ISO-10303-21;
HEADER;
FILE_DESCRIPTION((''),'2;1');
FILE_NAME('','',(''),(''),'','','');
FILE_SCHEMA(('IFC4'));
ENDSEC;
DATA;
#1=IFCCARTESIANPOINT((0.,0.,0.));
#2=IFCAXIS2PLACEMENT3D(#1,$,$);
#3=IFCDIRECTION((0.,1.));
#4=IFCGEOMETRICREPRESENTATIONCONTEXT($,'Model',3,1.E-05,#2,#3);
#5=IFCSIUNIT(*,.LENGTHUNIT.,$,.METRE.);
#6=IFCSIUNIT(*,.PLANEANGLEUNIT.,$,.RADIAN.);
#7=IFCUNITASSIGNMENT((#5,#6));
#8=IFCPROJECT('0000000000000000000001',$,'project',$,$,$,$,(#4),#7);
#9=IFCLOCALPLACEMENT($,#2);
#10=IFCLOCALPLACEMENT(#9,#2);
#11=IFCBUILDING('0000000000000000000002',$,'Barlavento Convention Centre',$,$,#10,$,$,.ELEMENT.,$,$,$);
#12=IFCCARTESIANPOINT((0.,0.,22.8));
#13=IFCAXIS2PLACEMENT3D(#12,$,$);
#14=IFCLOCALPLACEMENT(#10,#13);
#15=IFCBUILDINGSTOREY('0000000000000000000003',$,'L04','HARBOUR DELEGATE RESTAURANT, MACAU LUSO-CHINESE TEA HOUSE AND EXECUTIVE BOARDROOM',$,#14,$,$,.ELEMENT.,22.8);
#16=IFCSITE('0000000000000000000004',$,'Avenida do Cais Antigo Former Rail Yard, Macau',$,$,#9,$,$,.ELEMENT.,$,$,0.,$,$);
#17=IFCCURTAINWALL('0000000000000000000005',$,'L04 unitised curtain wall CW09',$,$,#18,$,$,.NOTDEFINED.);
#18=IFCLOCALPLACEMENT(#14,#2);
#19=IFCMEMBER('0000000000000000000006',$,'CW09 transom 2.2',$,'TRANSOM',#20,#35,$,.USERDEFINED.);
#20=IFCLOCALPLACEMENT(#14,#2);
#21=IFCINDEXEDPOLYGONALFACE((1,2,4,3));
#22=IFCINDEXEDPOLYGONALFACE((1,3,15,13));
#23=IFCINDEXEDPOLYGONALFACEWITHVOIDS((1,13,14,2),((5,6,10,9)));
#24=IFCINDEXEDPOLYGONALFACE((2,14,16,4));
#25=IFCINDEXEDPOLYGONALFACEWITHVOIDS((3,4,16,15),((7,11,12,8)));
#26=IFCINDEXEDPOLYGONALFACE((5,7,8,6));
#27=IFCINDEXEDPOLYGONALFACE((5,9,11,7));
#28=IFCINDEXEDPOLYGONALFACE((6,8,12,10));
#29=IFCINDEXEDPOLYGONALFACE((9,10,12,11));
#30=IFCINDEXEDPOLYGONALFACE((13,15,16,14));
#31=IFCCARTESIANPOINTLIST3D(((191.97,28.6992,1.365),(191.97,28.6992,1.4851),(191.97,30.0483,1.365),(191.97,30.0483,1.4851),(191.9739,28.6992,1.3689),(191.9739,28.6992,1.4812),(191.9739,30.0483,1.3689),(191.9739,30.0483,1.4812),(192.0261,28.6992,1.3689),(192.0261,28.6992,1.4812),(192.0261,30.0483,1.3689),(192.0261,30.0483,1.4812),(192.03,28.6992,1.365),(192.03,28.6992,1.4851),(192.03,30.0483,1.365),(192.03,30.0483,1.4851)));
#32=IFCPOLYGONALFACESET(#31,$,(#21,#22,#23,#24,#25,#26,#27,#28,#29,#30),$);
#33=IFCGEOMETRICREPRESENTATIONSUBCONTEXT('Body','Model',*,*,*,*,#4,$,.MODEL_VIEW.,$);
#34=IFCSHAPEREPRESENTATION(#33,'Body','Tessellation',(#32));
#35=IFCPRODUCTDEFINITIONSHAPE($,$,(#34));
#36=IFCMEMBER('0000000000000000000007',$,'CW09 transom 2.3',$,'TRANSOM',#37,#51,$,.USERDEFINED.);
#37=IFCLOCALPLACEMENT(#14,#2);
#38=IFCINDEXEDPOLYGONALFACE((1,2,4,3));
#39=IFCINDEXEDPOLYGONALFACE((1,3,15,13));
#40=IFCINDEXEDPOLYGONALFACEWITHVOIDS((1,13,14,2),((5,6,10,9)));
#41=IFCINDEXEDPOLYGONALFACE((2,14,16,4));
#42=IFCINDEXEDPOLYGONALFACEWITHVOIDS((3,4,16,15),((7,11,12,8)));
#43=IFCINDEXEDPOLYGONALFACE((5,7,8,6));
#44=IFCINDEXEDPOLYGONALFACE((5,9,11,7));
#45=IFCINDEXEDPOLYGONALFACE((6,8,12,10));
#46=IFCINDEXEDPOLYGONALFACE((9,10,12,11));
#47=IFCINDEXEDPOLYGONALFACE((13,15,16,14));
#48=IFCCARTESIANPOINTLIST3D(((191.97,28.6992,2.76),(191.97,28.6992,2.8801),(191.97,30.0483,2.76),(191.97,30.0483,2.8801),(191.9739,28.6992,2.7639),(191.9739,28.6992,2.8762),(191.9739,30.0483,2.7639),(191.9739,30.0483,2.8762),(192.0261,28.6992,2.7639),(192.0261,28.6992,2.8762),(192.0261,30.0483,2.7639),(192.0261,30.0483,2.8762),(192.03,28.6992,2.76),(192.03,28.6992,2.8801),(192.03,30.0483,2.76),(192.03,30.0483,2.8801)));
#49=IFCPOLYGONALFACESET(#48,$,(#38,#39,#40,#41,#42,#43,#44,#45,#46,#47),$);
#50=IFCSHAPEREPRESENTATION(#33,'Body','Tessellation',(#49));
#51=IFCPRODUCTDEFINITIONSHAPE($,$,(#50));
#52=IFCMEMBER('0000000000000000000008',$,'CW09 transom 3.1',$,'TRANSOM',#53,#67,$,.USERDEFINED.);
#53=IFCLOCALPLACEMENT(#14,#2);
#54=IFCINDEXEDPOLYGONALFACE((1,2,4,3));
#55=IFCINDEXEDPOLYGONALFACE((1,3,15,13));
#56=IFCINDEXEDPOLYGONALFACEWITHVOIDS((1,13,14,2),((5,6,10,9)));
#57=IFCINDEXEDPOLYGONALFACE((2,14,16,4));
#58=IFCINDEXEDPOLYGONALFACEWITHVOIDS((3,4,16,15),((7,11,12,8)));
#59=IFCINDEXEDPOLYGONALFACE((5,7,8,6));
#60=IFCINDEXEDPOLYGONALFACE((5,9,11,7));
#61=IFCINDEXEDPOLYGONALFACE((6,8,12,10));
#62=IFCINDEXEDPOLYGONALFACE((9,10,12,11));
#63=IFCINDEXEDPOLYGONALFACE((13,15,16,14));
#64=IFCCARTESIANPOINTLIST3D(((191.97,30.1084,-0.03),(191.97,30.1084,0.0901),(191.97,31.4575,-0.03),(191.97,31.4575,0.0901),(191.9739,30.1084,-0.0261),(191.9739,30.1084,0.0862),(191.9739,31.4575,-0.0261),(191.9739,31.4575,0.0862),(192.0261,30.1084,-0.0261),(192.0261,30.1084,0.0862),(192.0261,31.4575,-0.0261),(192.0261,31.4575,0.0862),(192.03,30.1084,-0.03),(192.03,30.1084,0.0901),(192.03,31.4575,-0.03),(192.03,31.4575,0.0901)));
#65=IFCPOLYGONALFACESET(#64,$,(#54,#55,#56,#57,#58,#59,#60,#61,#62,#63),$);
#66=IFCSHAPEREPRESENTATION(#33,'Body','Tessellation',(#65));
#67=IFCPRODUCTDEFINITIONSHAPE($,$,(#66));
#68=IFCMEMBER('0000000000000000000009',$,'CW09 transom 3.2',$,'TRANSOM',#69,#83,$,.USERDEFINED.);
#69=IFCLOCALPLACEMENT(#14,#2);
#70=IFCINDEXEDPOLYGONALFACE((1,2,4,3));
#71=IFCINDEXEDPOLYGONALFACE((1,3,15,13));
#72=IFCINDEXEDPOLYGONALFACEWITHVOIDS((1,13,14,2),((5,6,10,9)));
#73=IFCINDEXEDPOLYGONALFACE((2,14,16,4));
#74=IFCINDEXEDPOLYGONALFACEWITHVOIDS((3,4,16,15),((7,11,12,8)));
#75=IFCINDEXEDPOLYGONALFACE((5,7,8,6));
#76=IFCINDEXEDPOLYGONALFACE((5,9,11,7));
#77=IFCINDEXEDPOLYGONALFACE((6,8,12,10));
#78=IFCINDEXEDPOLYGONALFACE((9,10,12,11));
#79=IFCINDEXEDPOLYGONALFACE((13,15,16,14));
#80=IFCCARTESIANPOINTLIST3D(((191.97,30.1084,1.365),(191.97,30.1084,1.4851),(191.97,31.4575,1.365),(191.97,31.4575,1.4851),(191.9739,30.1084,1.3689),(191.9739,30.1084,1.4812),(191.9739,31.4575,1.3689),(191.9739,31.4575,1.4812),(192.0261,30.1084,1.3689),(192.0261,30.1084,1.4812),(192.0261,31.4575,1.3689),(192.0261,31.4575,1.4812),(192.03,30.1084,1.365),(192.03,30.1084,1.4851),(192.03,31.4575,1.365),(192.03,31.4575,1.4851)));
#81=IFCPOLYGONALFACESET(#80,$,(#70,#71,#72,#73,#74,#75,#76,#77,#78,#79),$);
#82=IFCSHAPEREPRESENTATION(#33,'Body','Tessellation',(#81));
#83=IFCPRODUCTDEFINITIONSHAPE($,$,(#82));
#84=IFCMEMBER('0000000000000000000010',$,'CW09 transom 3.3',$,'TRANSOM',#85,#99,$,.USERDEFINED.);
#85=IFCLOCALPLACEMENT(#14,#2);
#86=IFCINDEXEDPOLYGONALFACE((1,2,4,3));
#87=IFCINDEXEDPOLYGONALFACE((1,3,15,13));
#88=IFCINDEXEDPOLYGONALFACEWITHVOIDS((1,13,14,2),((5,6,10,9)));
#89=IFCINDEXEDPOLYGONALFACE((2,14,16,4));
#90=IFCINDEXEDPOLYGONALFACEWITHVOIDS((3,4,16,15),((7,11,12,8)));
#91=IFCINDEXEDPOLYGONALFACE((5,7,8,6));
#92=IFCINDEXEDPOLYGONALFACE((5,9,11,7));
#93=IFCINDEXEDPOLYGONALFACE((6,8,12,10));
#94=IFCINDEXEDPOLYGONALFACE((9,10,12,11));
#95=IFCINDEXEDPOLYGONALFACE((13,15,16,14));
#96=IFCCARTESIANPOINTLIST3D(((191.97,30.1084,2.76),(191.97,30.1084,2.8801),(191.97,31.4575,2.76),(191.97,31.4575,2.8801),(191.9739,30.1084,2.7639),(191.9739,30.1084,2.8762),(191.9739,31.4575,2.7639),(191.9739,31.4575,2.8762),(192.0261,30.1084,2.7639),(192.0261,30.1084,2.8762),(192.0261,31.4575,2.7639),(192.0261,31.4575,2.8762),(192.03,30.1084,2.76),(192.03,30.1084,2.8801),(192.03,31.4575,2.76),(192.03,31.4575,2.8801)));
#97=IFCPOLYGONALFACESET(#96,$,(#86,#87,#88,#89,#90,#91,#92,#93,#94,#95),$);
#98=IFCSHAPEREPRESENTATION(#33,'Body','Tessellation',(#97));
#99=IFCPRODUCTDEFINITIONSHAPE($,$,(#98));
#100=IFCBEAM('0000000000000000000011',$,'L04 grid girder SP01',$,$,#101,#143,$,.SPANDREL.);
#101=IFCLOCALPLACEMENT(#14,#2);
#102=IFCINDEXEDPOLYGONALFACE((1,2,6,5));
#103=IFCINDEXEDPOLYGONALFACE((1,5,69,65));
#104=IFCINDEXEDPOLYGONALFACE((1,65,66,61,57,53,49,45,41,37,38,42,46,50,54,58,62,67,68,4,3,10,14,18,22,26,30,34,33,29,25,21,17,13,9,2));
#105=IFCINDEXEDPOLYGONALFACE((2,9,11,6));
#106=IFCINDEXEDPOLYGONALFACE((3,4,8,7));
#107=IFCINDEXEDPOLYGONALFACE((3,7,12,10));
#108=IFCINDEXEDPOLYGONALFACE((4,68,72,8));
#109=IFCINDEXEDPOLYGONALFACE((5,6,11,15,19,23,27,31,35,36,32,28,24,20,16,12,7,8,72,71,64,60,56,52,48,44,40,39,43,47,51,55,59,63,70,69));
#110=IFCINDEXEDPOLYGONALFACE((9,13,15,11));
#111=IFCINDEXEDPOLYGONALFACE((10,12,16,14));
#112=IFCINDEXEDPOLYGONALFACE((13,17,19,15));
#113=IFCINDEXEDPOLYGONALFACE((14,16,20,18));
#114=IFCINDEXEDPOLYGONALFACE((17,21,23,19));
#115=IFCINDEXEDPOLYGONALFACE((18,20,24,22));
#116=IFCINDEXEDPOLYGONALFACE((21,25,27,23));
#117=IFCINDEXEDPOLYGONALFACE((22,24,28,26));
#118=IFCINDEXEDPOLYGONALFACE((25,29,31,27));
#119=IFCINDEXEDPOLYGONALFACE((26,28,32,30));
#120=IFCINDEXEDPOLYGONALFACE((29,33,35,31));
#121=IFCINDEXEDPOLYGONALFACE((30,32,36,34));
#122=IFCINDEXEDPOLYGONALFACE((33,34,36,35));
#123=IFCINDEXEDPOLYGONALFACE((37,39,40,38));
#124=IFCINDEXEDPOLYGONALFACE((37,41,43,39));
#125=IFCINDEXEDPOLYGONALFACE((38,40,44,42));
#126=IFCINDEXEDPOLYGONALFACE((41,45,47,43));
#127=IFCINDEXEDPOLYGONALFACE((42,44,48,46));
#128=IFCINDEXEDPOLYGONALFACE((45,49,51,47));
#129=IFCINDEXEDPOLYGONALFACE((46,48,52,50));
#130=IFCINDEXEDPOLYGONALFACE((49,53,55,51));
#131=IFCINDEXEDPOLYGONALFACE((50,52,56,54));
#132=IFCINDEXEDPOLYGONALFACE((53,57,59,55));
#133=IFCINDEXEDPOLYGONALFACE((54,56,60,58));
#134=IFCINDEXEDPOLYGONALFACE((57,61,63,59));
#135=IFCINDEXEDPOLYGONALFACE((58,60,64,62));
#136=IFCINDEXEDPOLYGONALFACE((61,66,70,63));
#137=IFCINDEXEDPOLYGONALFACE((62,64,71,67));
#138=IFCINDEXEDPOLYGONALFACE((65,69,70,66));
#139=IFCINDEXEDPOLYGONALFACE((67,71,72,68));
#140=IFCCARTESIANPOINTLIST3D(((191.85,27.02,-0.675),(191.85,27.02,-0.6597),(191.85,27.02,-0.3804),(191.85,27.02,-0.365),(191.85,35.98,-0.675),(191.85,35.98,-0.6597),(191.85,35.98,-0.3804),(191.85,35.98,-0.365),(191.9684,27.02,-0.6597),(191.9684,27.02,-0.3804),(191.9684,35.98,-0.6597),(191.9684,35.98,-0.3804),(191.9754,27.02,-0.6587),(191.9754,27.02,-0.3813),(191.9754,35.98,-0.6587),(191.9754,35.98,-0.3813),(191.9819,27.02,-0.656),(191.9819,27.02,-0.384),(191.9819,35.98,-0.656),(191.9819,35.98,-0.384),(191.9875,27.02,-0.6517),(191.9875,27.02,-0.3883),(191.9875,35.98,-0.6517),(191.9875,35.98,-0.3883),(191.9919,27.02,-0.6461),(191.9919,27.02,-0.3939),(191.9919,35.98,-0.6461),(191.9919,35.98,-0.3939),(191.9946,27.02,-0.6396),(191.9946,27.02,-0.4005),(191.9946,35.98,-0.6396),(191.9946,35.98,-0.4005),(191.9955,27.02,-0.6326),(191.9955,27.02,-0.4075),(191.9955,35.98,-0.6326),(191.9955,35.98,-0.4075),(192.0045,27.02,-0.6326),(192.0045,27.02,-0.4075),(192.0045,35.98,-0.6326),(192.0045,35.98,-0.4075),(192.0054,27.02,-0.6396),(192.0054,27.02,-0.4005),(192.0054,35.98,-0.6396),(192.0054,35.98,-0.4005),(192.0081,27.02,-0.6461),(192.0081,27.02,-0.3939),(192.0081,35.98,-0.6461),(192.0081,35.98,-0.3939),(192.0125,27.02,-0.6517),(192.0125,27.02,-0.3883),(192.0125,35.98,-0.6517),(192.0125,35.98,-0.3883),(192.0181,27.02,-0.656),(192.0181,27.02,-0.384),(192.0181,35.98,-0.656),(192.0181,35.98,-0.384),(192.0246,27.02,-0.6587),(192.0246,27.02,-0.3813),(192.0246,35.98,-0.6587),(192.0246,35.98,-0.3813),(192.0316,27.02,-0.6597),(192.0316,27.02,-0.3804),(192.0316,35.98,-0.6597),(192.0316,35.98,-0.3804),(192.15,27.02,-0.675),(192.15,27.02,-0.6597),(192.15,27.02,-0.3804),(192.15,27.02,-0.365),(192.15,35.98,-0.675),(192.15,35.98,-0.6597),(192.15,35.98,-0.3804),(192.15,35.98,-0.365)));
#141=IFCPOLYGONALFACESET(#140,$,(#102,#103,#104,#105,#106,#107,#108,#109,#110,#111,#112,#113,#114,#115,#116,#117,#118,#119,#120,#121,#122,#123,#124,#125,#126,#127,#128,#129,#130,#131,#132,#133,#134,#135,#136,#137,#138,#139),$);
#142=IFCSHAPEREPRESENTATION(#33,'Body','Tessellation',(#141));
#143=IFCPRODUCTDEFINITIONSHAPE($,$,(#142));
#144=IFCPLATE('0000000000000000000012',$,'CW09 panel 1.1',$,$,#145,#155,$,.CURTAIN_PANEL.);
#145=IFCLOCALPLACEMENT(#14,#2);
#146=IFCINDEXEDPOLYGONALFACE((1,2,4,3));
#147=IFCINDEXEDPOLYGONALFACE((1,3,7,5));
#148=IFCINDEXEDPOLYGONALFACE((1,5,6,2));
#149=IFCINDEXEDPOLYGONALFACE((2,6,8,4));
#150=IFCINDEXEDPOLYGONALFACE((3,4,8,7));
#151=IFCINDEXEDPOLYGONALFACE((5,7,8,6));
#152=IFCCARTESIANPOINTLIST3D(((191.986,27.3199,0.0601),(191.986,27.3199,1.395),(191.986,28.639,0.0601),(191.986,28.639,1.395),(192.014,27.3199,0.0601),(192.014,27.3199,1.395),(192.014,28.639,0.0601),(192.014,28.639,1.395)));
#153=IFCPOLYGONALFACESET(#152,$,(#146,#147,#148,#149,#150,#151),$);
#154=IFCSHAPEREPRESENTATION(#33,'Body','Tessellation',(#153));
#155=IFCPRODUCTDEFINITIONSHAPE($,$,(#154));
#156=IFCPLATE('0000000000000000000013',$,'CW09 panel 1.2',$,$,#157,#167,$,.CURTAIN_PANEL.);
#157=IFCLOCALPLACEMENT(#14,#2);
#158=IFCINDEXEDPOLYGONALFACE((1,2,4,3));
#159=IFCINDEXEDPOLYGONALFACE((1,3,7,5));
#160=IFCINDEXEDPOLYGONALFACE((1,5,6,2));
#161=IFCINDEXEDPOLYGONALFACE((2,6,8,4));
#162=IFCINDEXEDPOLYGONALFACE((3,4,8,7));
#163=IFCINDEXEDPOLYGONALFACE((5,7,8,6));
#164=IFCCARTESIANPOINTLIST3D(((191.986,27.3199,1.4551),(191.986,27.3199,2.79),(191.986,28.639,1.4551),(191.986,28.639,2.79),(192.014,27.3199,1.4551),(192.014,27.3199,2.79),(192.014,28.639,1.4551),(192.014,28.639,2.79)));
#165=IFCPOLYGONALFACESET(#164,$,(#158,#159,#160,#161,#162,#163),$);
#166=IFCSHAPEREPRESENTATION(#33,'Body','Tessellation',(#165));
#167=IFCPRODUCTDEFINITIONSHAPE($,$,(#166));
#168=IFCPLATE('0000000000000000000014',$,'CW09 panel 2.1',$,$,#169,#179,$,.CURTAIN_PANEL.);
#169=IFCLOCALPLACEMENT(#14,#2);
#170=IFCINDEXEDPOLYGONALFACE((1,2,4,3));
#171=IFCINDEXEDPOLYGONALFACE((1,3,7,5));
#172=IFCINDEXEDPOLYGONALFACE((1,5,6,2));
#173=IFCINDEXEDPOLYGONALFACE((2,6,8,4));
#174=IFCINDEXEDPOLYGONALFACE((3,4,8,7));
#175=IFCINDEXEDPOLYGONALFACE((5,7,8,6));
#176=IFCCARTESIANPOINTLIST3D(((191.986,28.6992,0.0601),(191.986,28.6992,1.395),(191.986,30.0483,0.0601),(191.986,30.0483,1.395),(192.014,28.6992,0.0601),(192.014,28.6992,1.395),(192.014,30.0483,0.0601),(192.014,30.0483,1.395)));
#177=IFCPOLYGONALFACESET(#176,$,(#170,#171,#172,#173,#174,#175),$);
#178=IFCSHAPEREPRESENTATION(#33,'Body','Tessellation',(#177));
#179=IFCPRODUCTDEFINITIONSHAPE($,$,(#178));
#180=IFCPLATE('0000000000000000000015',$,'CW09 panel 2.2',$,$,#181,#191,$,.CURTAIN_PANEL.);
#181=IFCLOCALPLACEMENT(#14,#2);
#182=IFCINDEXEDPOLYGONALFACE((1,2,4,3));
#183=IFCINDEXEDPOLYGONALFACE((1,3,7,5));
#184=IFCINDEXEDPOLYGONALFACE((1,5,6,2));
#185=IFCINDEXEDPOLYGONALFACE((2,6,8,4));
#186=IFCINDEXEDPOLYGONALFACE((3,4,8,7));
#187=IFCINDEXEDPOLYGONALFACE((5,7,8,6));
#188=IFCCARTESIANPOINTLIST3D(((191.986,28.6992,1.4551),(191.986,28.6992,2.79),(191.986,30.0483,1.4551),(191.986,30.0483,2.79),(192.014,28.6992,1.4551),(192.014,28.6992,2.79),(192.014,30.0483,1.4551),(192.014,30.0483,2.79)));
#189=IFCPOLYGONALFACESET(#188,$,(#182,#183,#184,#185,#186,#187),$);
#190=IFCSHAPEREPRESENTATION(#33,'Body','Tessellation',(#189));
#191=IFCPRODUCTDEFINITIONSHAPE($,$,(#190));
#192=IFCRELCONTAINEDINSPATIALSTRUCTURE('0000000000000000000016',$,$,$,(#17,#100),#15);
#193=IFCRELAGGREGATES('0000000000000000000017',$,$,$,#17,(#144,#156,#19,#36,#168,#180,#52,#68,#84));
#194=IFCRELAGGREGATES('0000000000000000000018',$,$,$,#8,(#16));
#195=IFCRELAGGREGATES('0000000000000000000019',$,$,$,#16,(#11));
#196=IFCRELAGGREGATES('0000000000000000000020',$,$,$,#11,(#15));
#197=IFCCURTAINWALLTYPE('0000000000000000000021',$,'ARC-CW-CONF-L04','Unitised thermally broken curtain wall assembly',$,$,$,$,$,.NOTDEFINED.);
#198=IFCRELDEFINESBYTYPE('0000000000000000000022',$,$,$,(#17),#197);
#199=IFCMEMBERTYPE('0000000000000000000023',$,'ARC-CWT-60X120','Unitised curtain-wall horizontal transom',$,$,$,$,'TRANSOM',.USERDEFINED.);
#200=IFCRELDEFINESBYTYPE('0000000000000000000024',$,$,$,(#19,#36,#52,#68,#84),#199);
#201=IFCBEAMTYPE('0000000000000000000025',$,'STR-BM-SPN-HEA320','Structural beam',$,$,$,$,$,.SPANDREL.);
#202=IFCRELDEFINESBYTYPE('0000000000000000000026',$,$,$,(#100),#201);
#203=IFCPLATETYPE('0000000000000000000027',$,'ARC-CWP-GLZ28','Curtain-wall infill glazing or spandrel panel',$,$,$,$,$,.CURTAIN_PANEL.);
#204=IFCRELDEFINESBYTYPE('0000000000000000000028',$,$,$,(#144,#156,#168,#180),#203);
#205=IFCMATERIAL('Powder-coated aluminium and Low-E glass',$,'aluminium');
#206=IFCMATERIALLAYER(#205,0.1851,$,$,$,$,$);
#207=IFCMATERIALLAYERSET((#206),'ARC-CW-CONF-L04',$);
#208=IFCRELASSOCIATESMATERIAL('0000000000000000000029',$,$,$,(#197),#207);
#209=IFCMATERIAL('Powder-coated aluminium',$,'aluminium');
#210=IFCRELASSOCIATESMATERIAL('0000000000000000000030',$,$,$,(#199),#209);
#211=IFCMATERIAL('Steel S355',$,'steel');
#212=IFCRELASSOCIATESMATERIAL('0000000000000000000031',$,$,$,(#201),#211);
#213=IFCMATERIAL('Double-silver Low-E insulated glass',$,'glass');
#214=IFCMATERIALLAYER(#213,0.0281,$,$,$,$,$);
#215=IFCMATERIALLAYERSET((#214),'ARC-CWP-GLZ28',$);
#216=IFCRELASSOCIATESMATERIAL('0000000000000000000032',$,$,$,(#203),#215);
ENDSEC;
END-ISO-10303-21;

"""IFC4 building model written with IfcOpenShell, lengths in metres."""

from ifc_helpers import new_model, si_unit, direction, frame, origin, origin_2d, place, context, subcontext, project, spatial, rectangle, hollow_rectangle, i_section, extrude, material, layer, layer_set, material_profile, profile_set, type_object, element, aggregate, save


model = new_model("IFC4")

# Units and contexts
model_context = context("Model", 3, precision=1e-05, world=origin(), true_north=direction((0.0, 1.0)))
body_context = subcontext(model_context, "Body", "Model", "MODEL_VIEW")
ifc_project = project(units=[si_unit("LENGTHUNIT", "METRE"), si_unit("PLANEANGLEUNIT", "RADIAN")], contexts=[model_context])

# Site, building, storey
site_placement = place(None, origin())
site = spatial("IfcSite", under=ifc_project, at=site_placement, Name="Avenida do Cais Antigo Former Rail Yard, Macau", CompositionType="ELEMENT", RefElevation=0.0)
building_placement = place(site_placement, origin())
building = spatial("IfcBuilding", under=site, at=building_placement, Name="Barlavento Convention Centre", CompositionType="ELEMENT")
storey_placement = place(building_placement, frame((0.0, 0.0, 22.8)))
storey = spatial("IfcBuildingStorey", under=building, at=storey_placement, Name="L04", Description="HARBOUR DELEGATE RESTAURANT, MACAU LUSO-CHINESE TEA HOUSE AND EXECUTIVE BOARDROOM", CompositionType="ELEMENT", Elevation=22.8)

# Shared definitions
ifc_material_1 = material(Name="Steel S355", Category="steel")

# Curtain wall
ifc_material_2 = material(Name="Powder-coated aluminium and Low-E glass", Category="aluminium")
ifc_layer_1 = layer(ifc_material_2, 0.1851)
ifc_layer_set_1 = layer_set([ifc_layer_1], Name="ARC-CW-CONF-L04")
curtain_wall_type = type_object("IfcCurtainWallType", Name="ARC-CW-CONF-L04", Description="Unitised thermally broken curtain wall assembly", PredefinedType="NOTDEFINED", material=ifc_layer_set_1)
curtain_wall_1_placement = place(storey_placement, origin())
curtain_wall_1 = element("IfcCurtainWall", 1, at=curtain_wall_1_placement, inside=storey, type_object=curtain_wall_type, Name="L04 unitised curtain wall CW09", PredefinedType="NOTDEFINED")
ifc_material_3 = material(Name="Powder-coated aluminium", Category="aluminium")

# Members
ifc_material_profile_1 = material_profile(ifc_material_3, hollow_rectangle(XDim=0.0601, YDim=0.1201, WallThickness=0.0039, at=origin_2d()), Name="AL-TRAN 60x120x4")
ifc_profile_set_1 = profile_set([ifc_material_profile_1], Name="Powder-coated aluminium")
member_type_1 = type_object("IfcMemberType", Name="ARC-CWT-60X120", Description="Unitised curtain-wall horizontal transom", ElementType="TRANSOM", PredefinedType="USERDEFINED", material=ifc_profile_set_1)
member_1_placement = place(storey_placement, frame((192.0, 28.6992, 1.425), z_axis=(0.0, 1.0, 0.0), x_axis=(-1.0, 0.0, 0.0)))
member_1 = element("IfcMember", 2, at=member_1_placement, type_object=member_type_1, Name="CW09 transom 2.2", ObjectType="TRANSOM", PredefinedType="USERDEFINED", context=body_context, shape_type="SweptSolid", body=[
    extrude(hollow_rectangle(XDim=0.0601, YDim=0.1201, WallThickness=0.0039, at=origin_2d()), origin(), (0.0, 0.0, 1.0), 1.3491),
])
member_2_placement = place(storey_placement, frame((192.0, 28.6992, 2.8201), z_axis=(0.0, 1.0, 0.0), x_axis=(-1.0, 0.0, 0.0)))
member_2 = element("IfcMember", 3, at=member_2_placement, type_object=member_type_1, Name="CW09 transom 2.3", ObjectType="TRANSOM", PredefinedType="USERDEFINED", context=body_context, shape_type="SweptSolid", body=[
    extrude(hollow_rectangle(XDim=0.0601, YDim=0.1201, WallThickness=0.0039, at=origin_2d()), origin(), (0.0, 0.0, 1.0), 1.3491),
])
member_3_placement = place(storey_placement, frame((192.0, 30.1084, 0.03), z_axis=(0.0, 1.0, 0.0), x_axis=(-1.0, 0.0, 0.0)))
member_3 = element("IfcMember", 4, at=member_3_placement, type_object=member_type_1, Name="CW09 transom 3.1", ObjectType="TRANSOM", PredefinedType="USERDEFINED", context=body_context, shape_type="SweptSolid", body=[
    extrude(hollow_rectangle(XDim=0.0601, YDim=0.1201, WallThickness=0.0039, at=origin_2d()), origin(), (0.0, 0.0, 1.0), 1.3491),
])
member_4_placement = place(storey_placement, frame((192.0, 30.1084, 1.425), z_axis=(0.0, 1.0, 0.0), x_axis=(-1.0, 0.0, 0.0)))
member_4 = element("IfcMember", 5, at=member_4_placement, type_object=member_type_1, Name="CW09 transom 3.2", ObjectType="TRANSOM", PredefinedType="USERDEFINED", context=body_context, shape_type="SweptSolid", body=[
    extrude(hollow_rectangle(XDim=0.0601, YDim=0.1201, WallThickness=0.0039, at=origin_2d()), origin(), (0.0, 0.0, 1.0), 1.3491),
])
member_5_placement = place(storey_placement, frame((192.0, 30.1084, 2.8201), z_axis=(0.0, 1.0, 0.0), x_axis=(-1.0, 0.0, 0.0)))
member_5 = element("IfcMember", 6, at=member_5_placement, type_object=member_type_1, Name="CW09 transom 3.3", ObjectType="TRANSOM", PredefinedType="USERDEFINED", context=body_context, shape_type="SweptSolid", body=[
    extrude(hollow_rectangle(XDim=0.0601, YDim=0.1201, WallThickness=0.0039, at=origin_2d()), origin(), (0.0, 0.0, 1.0), 1.3491),
])

# Beam
ifc_material_profile_2 = material_profile(ifc_material_1, i_section(OverallWidth=0.3, OverallDepth=0.3101, WebThickness=0.009, FlangeThickness=0.0154, FilletRadius=0.0271, at=origin_2d()), Name="HEA 320")
ifc_profile_set_2 = profile_set([ifc_material_profile_2], Name="Steel S355")
beam_type = type_object("IfcBeamType", Name="STR-BM-SPN-HEA320", Description="Structural beam", PredefinedType="SPANDREL", material=ifc_profile_set_2)
beam_placement = place(storey_placement, frame((192.0, 27.02, -0.52), z_axis=(0.0, 1.0, 0.0), x_axis=(-1.0, 0.0, 0.0)))
element("IfcBeam", 7, at=beam_placement, inside=storey, type_object=beam_type, Name="L04 grid girder SP01", PredefinedType="SPANDREL", context=body_context, shape_type="SweptSolid", body=[
    extrude(i_section(OverallWidth=0.3, OverallDepth=0.3101, WebThickness=0.009, FlangeThickness=0.0154, FilletRadius=0.0271, at=origin_2d()), origin(), (0.0, 0.0, 1.0), 8.96),
])

# Plates
ifc_material_4 = material(Name="Double-silver Low-E insulated glass", Category="glass")
ifc_layer_2 = layer(ifc_material_4, 0.0281)
ifc_layer_set_2 = layer_set([ifc_layer_2], Name="ARC-CWP-GLZ28")
plate_type = type_object("IfcPlateType", Name="ARC-CWP-GLZ28", Description="Curtain-wall infill glazing or spandrel panel", PredefinedType="CURTAIN_PANEL", material=ifc_layer_set_2)
plate_1_placement = place(storey_placement, frame((192.0, 27.9795, 0.0601), z_axis=(0.0, 0.0, 1.0), x_axis=(0.0, 1.0, 0.0)))
plate_1 = element("IfcPlate", 8, at=plate_1_placement, type_object=plate_type, Name="CW09 panel 1.1", PredefinedType="CURTAIN_PANEL", context=body_context, shape_type="SweptSolid", body=[
    extrude(rectangle(XDim=1.3191, YDim=0.0281, at=origin_2d()), origin(), (0.0, 0.0, 1.0), 1.335),
])
plate_2_placement = place(storey_placement, frame((192.0, 27.9795, 1.4551), z_axis=(0.0, 0.0, 1.0), x_axis=(0.0, 1.0, 0.0)))
plate_2 = element("IfcPlate", 9, at=plate_2_placement, type_object=plate_type, Name="CW09 panel 1.2", PredefinedType="CURTAIN_PANEL", context=body_context, shape_type="SweptSolid", body=[
    extrude(rectangle(XDim=1.3191, YDim=0.0281, at=origin_2d()), origin(), (0.0, 0.0, 1.0), 1.335),
])
plate_3_placement = place(storey_placement, frame((192.0, 29.3738, 0.0601), z_axis=(0.0, 0.0, 1.0), x_axis=(0.0, 1.0, 0.0)))
plate_3 = element("IfcPlate", 10, at=plate_3_placement, type_object=plate_type, Name="CW09 panel 2.1", PredefinedType="CURTAIN_PANEL", context=body_context, shape_type="SweptSolid", body=[
    extrude(rectangle(XDim=1.3491, YDim=0.0281, at=origin_2d()), origin(), (0.0, 0.0, 1.0), 1.335),
])
plate_4_placement = place(storey_placement, frame((192.0, 29.3738, 1.4551), z_axis=(0.0, 0.0, 1.0), x_axis=(0.0, 1.0, 0.0)))
plate_4 = element("IfcPlate", 11, at=plate_4_placement, type_object=plate_type, Name="CW09 panel 2.2", PredefinedType="CURTAIN_PANEL", context=body_context, shape_type="SweptSolid", body=[
    extrude(rectangle(XDim=1.3491, YDim=0.0281, at=origin_2d()), origin(), (0.0, 0.0, 1.0), 1.335),
])
aggregate(curtain_wall_1, [plate_1, plate_2, member_1, member_2, plate_3, plate_4, member_3, member_4, member_5])

save(model, "model.ifc")
